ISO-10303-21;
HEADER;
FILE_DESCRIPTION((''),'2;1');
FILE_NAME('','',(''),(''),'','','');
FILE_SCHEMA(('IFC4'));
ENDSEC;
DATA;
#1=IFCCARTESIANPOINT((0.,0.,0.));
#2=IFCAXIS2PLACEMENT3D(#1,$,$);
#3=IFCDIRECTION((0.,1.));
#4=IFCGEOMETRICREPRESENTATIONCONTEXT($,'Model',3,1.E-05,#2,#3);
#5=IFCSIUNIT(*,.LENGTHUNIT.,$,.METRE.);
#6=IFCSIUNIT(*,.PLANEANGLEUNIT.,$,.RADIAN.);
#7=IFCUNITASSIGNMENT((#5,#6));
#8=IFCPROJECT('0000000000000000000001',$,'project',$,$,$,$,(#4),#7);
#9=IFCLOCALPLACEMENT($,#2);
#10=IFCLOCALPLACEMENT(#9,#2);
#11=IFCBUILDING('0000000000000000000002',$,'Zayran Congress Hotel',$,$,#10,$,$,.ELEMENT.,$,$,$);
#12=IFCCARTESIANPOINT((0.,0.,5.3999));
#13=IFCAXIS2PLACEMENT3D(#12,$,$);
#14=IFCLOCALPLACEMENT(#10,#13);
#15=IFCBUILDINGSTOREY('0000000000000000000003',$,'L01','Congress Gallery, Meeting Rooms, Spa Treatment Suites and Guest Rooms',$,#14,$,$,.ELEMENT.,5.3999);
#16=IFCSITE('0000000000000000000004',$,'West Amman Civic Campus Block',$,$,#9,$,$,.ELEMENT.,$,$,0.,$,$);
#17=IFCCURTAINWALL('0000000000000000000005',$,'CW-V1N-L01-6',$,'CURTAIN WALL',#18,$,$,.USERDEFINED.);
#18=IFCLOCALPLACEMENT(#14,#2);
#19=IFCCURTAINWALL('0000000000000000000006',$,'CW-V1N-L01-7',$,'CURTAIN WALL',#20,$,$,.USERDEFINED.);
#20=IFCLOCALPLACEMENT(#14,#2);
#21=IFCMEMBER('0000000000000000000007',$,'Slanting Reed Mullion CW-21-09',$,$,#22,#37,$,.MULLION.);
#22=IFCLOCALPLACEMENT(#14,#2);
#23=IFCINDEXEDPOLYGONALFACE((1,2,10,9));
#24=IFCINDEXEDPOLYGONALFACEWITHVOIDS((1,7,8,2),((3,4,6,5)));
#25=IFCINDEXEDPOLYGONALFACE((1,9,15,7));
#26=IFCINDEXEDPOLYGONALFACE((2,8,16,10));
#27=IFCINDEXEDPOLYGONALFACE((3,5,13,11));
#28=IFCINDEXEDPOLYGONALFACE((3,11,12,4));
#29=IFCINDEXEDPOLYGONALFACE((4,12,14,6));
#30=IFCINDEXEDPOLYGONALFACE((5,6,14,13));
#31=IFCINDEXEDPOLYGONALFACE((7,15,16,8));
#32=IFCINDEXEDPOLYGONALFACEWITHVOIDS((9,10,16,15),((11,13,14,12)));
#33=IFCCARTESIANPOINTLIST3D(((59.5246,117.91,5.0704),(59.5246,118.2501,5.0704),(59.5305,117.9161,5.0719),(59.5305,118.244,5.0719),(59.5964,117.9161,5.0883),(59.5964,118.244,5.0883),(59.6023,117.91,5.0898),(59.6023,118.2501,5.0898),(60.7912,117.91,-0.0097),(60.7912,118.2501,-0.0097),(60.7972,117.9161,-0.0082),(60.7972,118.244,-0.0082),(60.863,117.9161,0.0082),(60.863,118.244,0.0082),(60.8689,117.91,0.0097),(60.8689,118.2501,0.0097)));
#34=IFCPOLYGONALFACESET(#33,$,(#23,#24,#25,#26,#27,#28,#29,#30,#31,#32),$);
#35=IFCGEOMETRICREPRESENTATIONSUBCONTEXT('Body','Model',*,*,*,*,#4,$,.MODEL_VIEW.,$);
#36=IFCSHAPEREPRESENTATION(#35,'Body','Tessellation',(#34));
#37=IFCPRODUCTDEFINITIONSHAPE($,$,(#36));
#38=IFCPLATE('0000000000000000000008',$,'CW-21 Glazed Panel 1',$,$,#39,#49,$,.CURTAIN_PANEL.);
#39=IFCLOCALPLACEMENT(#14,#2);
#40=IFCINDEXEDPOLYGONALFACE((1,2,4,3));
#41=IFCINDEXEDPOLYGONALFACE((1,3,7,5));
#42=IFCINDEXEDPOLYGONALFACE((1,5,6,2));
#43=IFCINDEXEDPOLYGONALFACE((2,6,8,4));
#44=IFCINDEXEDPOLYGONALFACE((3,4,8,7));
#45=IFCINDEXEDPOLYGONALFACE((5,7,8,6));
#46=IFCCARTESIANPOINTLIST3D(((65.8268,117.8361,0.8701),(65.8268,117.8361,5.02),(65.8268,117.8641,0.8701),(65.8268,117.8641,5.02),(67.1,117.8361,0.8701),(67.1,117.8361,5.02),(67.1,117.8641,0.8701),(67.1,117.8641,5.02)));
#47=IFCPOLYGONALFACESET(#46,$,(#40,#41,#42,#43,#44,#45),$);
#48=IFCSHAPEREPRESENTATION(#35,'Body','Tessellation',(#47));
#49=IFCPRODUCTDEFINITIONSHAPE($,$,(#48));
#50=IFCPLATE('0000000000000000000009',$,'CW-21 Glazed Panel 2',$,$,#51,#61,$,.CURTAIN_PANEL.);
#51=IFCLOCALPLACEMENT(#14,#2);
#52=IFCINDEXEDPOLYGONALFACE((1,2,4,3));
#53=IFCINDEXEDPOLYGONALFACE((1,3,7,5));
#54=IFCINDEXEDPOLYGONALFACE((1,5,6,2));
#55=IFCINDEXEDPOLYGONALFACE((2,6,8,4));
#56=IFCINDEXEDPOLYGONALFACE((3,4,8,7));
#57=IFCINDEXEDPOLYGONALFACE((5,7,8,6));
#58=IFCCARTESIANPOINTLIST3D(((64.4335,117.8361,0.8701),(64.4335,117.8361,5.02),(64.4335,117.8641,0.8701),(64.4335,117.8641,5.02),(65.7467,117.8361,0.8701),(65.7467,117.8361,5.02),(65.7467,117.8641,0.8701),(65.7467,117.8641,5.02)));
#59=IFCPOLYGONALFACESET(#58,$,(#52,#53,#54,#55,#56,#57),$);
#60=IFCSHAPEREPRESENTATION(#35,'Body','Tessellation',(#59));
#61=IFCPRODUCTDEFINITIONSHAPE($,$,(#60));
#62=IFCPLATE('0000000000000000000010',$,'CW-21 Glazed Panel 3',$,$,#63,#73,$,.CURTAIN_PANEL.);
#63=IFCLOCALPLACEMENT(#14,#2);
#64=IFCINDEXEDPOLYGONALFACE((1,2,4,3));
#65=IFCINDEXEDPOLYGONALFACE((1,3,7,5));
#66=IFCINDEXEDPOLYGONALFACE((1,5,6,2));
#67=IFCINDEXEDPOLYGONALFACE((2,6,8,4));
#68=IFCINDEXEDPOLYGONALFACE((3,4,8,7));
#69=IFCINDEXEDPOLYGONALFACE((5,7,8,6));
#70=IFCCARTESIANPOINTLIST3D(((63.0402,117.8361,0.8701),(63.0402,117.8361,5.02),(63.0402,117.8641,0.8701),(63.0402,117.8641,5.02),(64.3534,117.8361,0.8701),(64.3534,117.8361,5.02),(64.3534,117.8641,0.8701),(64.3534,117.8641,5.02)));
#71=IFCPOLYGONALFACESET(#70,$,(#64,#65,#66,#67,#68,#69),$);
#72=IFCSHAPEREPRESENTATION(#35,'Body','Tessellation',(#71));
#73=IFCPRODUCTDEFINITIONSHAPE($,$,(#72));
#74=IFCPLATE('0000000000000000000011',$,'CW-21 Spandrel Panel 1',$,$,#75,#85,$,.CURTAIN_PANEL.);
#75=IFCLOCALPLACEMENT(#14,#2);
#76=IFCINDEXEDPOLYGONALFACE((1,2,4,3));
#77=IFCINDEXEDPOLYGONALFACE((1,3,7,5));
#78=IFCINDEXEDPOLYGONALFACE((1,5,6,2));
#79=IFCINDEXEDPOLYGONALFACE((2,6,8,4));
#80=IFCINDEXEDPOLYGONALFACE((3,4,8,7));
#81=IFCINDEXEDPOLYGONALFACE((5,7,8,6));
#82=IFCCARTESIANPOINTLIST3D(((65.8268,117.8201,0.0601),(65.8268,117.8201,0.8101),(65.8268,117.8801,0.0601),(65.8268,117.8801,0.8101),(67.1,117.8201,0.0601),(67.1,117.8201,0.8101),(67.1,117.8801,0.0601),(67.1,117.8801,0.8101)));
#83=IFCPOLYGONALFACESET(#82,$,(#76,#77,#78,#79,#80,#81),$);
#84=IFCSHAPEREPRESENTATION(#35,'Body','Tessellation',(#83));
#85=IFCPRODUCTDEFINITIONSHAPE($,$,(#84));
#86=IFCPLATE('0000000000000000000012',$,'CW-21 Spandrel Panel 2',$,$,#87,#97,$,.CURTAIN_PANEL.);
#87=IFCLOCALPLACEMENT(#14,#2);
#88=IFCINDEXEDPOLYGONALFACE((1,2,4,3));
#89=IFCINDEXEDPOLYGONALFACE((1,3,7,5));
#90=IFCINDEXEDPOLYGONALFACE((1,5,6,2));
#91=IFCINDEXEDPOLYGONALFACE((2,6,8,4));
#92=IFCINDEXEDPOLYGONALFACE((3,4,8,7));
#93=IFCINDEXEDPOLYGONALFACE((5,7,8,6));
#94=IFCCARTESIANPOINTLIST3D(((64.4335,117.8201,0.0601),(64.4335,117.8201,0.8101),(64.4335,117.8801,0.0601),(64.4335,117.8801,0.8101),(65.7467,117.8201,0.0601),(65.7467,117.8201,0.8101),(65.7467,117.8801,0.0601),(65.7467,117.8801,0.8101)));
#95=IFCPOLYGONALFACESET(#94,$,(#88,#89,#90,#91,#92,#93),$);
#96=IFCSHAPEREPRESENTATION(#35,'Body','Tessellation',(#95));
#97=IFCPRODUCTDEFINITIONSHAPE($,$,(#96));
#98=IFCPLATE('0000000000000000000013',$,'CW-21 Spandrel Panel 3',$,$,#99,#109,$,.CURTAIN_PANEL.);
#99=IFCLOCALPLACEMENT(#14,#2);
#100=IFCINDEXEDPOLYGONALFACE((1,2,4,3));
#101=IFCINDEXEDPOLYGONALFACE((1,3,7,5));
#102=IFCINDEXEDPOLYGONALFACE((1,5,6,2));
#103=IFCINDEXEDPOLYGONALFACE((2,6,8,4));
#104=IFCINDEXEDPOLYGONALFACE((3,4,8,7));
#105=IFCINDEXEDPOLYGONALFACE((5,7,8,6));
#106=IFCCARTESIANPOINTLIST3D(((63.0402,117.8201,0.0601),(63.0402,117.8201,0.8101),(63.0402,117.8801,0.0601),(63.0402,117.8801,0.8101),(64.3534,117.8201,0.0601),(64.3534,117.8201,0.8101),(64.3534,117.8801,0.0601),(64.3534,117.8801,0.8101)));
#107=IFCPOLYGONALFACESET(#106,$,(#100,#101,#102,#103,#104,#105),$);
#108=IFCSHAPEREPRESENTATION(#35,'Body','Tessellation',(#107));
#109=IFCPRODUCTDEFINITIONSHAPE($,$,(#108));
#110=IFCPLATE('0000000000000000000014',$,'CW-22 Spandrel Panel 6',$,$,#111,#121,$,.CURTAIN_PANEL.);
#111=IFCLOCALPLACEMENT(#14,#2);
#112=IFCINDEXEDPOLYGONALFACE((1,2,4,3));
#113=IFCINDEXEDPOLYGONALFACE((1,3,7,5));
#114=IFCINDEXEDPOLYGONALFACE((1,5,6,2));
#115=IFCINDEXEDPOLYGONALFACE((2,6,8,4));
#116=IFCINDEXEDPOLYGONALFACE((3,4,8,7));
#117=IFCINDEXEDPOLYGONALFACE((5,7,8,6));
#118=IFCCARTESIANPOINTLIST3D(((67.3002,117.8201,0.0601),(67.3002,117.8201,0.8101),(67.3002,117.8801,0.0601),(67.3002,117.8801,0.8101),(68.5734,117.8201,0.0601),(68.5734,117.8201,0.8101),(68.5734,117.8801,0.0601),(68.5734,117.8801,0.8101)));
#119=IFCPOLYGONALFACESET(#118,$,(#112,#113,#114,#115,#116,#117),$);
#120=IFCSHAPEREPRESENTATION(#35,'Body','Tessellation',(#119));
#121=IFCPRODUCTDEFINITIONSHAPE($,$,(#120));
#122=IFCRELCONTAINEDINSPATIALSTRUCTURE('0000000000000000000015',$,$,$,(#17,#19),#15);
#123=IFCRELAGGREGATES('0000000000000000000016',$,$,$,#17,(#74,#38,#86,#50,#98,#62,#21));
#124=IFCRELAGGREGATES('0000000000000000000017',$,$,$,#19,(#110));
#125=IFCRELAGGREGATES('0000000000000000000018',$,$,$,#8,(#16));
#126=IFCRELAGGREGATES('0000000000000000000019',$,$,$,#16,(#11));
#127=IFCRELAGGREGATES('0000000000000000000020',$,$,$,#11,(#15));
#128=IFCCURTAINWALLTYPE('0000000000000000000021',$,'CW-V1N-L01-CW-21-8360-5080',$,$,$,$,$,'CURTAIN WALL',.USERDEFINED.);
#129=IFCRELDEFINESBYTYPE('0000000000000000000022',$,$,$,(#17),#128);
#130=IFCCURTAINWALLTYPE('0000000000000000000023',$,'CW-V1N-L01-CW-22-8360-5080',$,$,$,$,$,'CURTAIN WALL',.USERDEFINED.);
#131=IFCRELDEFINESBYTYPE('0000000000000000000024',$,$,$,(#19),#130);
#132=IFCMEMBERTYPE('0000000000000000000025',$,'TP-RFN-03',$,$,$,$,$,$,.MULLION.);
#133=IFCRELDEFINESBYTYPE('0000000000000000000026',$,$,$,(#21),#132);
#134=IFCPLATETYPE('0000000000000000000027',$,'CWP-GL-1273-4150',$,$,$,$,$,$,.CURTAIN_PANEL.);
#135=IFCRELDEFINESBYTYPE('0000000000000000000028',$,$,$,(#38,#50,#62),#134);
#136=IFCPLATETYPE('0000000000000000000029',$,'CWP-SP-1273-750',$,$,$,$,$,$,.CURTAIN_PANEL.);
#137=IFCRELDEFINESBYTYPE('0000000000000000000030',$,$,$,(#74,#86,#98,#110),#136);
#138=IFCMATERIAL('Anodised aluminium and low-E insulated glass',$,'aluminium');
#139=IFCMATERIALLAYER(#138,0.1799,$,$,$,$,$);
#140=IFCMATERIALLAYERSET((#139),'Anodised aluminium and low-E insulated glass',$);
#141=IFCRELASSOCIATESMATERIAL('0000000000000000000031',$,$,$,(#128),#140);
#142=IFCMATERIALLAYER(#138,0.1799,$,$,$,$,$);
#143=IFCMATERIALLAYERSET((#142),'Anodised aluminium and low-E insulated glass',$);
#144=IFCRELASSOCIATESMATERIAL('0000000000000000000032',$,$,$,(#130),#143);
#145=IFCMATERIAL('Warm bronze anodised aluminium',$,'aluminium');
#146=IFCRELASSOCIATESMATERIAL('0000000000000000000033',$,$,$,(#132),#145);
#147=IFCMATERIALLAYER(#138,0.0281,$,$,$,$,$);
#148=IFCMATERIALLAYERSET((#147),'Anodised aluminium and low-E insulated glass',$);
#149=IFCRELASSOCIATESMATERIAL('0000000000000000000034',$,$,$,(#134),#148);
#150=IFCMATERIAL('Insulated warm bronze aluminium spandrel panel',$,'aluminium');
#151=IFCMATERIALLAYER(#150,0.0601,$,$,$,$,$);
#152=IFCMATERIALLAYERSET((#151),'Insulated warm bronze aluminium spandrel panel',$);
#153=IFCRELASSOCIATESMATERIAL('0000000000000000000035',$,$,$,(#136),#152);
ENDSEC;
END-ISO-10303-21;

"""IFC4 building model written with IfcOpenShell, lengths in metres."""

from ifc_helpers import new_model, si_unit, direction, frame, origin, origin_2d, place, context, subcontext, project, spatial, rectangle, hollow_rectangle, extrude, material, layer, layer_set, material_profile, profile_set, type_object, element, aggregate, save


model = new_model("IFC4")

# Units and contexts
model_context = context("Model", 3, precision=1e-05, world=origin(), true_north=direction((0.0, 1.0)))
body_context = subcontext(model_context, "Body", "Model", "MODEL_VIEW")
ifc_project = project(units=[si_unit("LENGTHUNIT", "METRE"), si_unit("PLANEANGLEUNIT", "RADIAN")], contexts=[model_context])

# Site, building, storey
site_placement = place(None, origin())
site = spatial("IfcSite", under=ifc_project, at=site_placement, Name="West Amman Civic Campus Block", CompositionType="ELEMENT", RefElevation=0.0)
building_placement = place(site_placement, origin())
building = spatial("IfcBuilding", under=site, at=building_placement, Name="Zayran Congress Hotel", CompositionType="ELEMENT")
storey_placement = place(building_placement, frame((0.0, 0.0, 5.3999)))
storey = spatial("IfcBuildingStorey", under=building, at=storey_placement, Name="L01", Description="Congress Gallery, Meeting Rooms, Spa Treatment Suites and Guest Rooms", CompositionType="ELEMENT", Elevation=5.3999)

# Curtain wall
ifc_material_1 = material(Name="Anodised aluminium and low-E insulated glass", Category="aluminium")
ifc_layer_1 = layer(ifc_material_1, 0.1799)
ifc_layer_set_1 = layer_set([ifc_layer_1], Name="Anodised aluminium and low-E insulated glass")
curtain_wall_type_1 = type_object("IfcCurtainWallType", Name="CW-V1N-L01-CW-21-8360-5080", ElementType="CURTAIN WALL", PredefinedType="USERDEFINED", material=ifc_layer_set_1)
curtain_wall_1_placement = place(storey_placement, origin())
curtain_wall_1 = element("IfcCurtainWall", 1, at=curtain_wall_1_placement, inside=storey, type_object=curtain_wall_type_1, Name="CW-V1N-L01-6", ObjectType="CURTAIN WALL", PredefinedType="USERDEFINED")

# Curtain wall
ifc_layer_2 = layer(ifc_material_1, 0.1799)
ifc_layer_set_2 = layer_set([ifc_layer_2], Name="Anodised aluminium and low-E insulated glass")
curtain_wall_type_2 = type_object("IfcCurtainWallType", Name="CW-V1N-L01-CW-22-8360-5080", ElementType="CURTAIN WALL", PredefinedType="USERDEFINED", material=ifc_layer_set_2)
curtain_wall_2_placement = place(storey_placement, origin())
curtain_wall_2 = element("IfcCurtainWall", 2, at=curtain_wall_2_placement, inside=storey, type_object=curtain_wall_type_2, Name="CW-V1N-L01-7", ObjectType="CURTAIN WALL", PredefinedType="USERDEFINED")

# Member
ifc_material_2 = material(Name="Warm bronze anodised aluminium", Category="aluminium")
ifc_material_profile_1 = material_profile(ifc_material_2, hollow_rectangle(XDim=0.0801, YDim=0.3401, WallThickness=0.0061, at=origin_2d()), Name="RHS 340x80x6")
ifc_profile_set_1 = profile_set([ifc_material_profile_1], Name="Warm bronze anodised aluminium")
member_type_1 = type_object("IfcMemberType", Name="TP-RFN-03", PredefinedType="MULLION", material=ifc_profile_set_1)
member_1_placement = place(storey_placement, frame((60.8301, 118.0801, 0.0), z_axis=(-0.241921, 0.0, 0.970296), x_axis=(0.970296, 0.0, 0.241921)))
member_1 = element("IfcMember", 3, at=member_1_placement, type_object=member_type_1, Name="Slanting Reed Mullion CW-21-09", PredefinedType="MULLION", context=body_context, shape_type="SweptSolid", body=[
    extrude(hollow_rectangle(XDim=0.0801, YDim=0.3401, WallThickness=0.0061, at=origin_2d()), origin(), (0.0, 0.0, 1.0), 5.2356),
])

# Plates
ifc_layer_3 = layer(ifc_material_1, 0.0281)
ifc_layer_set_3 = layer_set([ifc_layer_3], Name="Anodised aluminium and low-E insulated glass")
plate_type_1 = type_object("IfcPlateType", Name="CWP-GL-1273-4150", PredefinedType="CURTAIN_PANEL", material=ifc_layer_set_3)
plate_1_placement = place(storey_placement, frame((66.4634, 117.8501, 0.8701), z_axis=(0.0, 0.0, 1.0), x_axis=(1.0, 0.0, 0.0)))
plate_1 = element("IfcPlate", 4, at=plate_1_placement, type_object=plate_type_1, Name="CW-21 Glazed Panel 1", PredefinedType="CURTAIN_PANEL", context=body_context, shape_type="SweptSolid", body=[
    extrude(rectangle(XDim=1.2732, YDim=0.0281, at=origin_2d()), origin(), (0.0, 0.0, 1.0), 4.1499),
])
plate_2_placement = place(storey_placement, frame((65.0901, 117.8501, 0.8701), z_axis=(0.0, 0.0, 1.0), x_axis=(1.0, 0.0, 0.0)))
plate_2 = element("IfcPlate", 5, at=plate_2_placement, type_object=plate_type_1, Name="CW-21 Glazed Panel 2", PredefinedType="CURTAIN_PANEL", context=body_context, shape_type="SweptSolid", body=[
    extrude(rectangle(XDim=1.3132, YDim=0.0281, at=origin_2d()), origin(), (0.0, 0.0, 1.0), 4.1499),
])
plate_3_placement = place(storey_placement, frame((63.6968, 117.8501, 0.8701), z_axis=(0.0, 0.0, 1.0), x_axis=(1.0, 0.0, 0.0)))
plate_3 = element("IfcPlate", 6, at=plate_3_placement, type_object=plate_type_1, Name="CW-21 Glazed Panel 3", PredefinedType="CURTAIN_PANEL", context=body_context, shape_type="SweptSolid", body=[
    extrude(rectangle(XDim=1.3132, YDim=0.0281, at=origin_2d()), origin(), (0.0, 0.0, 1.0), 4.1499),
])
ifc_material_3 = material(Name="Insulated warm bronze aluminium spandrel panel", Category="aluminium")
ifc_layer_4 = layer(ifc_material_3, 0.0601)
ifc_layer_set_4 = layer_set([ifc_layer_4], Name="Insulated warm bronze aluminium spandrel panel")
plate_type_2 = type_object("IfcPlateType", Name="CWP-SP-1273-750", PredefinedType="CURTAIN_PANEL", material=ifc_layer_set_4)
plate_4_placement = place(storey_placement, frame((66.4634, 117.8501, 0.0601), z_axis=(0.0, 0.0, 1.0), x_axis=(1.0, 0.0, 0.0)))
plate_4 = element("IfcPlate", 7, at=plate_4_placement, type_object=plate_type_2, Name="CW-21 Spandrel Panel 1", PredefinedType="CURTAIN_PANEL", context=body_context, shape_type="SweptSolid", body=[
    extrude(rectangle(XDim=1.2732, YDim=0.0601, at=origin_2d()), origin(), (0.0, 0.0, 1.0), 0.75),
])
plate_5_placement = place(storey_placement, frame((65.0901, 117.8501, 0.0601), z_axis=(0.0, 0.0, 1.0), x_axis=(1.0, 0.0, 0.0)))
plate_5 = element("IfcPlate", 8, at=plate_5_placement, type_object=plate_type_2, Name="CW-21 Spandrel Panel 2", PredefinedType="CURTAIN_PANEL", context=body_context, shape_type="SweptSolid", body=[
    extrude(rectangle(XDim=1.3132, YDim=0.0601, at=origin_2d()), origin(), (0.0, 0.0, 1.0), 0.75),
])
plate_6_placement = place(storey_placement, frame((63.6968, 117.8501, 0.0601), z_axis=(0.0, 0.0, 1.0), x_axis=(1.0, 0.0, 0.0)))
plate_6 = element("IfcPlate", 9, at=plate_6_placement, type_object=plate_type_2, Name="CW-21 Spandrel Panel 3", PredefinedType="CURTAIN_PANEL", context=body_context, shape_type="SweptSolid", body=[
    extrude(rectangle(XDim=1.3132, YDim=0.0601, at=origin_2d()), origin(), (0.0, 0.0, 1.0), 0.75),
])
aggregate(curtain_wall_1, [plate_4, plate_1, plate_5, plate_2, plate_6, plate_3, member_1])
plate_7_placement = place(storey_placement, frame((67.9368, 117.8501, 0.0601), z_axis=(0.0, 0.0, 1.0), x_axis=(1.0, 0.0, 0.0)))
plate_7 = element("IfcPlate", 10, at=plate_7_placement, type_object=plate_type_2, Name="CW-22 Spandrel Panel 6", PredefinedType="CURTAIN_PANEL", context=body_context, shape_type="SweptSolid", body=[
    extrude(rectangle(XDim=1.2732, YDim=0.0601, at=origin_2d()), origin(), (0.0, 0.0, 1.0), 0.75),
])
aggregate(curtain_wall_2, [plate_7])

save(model, "model.ifc")
